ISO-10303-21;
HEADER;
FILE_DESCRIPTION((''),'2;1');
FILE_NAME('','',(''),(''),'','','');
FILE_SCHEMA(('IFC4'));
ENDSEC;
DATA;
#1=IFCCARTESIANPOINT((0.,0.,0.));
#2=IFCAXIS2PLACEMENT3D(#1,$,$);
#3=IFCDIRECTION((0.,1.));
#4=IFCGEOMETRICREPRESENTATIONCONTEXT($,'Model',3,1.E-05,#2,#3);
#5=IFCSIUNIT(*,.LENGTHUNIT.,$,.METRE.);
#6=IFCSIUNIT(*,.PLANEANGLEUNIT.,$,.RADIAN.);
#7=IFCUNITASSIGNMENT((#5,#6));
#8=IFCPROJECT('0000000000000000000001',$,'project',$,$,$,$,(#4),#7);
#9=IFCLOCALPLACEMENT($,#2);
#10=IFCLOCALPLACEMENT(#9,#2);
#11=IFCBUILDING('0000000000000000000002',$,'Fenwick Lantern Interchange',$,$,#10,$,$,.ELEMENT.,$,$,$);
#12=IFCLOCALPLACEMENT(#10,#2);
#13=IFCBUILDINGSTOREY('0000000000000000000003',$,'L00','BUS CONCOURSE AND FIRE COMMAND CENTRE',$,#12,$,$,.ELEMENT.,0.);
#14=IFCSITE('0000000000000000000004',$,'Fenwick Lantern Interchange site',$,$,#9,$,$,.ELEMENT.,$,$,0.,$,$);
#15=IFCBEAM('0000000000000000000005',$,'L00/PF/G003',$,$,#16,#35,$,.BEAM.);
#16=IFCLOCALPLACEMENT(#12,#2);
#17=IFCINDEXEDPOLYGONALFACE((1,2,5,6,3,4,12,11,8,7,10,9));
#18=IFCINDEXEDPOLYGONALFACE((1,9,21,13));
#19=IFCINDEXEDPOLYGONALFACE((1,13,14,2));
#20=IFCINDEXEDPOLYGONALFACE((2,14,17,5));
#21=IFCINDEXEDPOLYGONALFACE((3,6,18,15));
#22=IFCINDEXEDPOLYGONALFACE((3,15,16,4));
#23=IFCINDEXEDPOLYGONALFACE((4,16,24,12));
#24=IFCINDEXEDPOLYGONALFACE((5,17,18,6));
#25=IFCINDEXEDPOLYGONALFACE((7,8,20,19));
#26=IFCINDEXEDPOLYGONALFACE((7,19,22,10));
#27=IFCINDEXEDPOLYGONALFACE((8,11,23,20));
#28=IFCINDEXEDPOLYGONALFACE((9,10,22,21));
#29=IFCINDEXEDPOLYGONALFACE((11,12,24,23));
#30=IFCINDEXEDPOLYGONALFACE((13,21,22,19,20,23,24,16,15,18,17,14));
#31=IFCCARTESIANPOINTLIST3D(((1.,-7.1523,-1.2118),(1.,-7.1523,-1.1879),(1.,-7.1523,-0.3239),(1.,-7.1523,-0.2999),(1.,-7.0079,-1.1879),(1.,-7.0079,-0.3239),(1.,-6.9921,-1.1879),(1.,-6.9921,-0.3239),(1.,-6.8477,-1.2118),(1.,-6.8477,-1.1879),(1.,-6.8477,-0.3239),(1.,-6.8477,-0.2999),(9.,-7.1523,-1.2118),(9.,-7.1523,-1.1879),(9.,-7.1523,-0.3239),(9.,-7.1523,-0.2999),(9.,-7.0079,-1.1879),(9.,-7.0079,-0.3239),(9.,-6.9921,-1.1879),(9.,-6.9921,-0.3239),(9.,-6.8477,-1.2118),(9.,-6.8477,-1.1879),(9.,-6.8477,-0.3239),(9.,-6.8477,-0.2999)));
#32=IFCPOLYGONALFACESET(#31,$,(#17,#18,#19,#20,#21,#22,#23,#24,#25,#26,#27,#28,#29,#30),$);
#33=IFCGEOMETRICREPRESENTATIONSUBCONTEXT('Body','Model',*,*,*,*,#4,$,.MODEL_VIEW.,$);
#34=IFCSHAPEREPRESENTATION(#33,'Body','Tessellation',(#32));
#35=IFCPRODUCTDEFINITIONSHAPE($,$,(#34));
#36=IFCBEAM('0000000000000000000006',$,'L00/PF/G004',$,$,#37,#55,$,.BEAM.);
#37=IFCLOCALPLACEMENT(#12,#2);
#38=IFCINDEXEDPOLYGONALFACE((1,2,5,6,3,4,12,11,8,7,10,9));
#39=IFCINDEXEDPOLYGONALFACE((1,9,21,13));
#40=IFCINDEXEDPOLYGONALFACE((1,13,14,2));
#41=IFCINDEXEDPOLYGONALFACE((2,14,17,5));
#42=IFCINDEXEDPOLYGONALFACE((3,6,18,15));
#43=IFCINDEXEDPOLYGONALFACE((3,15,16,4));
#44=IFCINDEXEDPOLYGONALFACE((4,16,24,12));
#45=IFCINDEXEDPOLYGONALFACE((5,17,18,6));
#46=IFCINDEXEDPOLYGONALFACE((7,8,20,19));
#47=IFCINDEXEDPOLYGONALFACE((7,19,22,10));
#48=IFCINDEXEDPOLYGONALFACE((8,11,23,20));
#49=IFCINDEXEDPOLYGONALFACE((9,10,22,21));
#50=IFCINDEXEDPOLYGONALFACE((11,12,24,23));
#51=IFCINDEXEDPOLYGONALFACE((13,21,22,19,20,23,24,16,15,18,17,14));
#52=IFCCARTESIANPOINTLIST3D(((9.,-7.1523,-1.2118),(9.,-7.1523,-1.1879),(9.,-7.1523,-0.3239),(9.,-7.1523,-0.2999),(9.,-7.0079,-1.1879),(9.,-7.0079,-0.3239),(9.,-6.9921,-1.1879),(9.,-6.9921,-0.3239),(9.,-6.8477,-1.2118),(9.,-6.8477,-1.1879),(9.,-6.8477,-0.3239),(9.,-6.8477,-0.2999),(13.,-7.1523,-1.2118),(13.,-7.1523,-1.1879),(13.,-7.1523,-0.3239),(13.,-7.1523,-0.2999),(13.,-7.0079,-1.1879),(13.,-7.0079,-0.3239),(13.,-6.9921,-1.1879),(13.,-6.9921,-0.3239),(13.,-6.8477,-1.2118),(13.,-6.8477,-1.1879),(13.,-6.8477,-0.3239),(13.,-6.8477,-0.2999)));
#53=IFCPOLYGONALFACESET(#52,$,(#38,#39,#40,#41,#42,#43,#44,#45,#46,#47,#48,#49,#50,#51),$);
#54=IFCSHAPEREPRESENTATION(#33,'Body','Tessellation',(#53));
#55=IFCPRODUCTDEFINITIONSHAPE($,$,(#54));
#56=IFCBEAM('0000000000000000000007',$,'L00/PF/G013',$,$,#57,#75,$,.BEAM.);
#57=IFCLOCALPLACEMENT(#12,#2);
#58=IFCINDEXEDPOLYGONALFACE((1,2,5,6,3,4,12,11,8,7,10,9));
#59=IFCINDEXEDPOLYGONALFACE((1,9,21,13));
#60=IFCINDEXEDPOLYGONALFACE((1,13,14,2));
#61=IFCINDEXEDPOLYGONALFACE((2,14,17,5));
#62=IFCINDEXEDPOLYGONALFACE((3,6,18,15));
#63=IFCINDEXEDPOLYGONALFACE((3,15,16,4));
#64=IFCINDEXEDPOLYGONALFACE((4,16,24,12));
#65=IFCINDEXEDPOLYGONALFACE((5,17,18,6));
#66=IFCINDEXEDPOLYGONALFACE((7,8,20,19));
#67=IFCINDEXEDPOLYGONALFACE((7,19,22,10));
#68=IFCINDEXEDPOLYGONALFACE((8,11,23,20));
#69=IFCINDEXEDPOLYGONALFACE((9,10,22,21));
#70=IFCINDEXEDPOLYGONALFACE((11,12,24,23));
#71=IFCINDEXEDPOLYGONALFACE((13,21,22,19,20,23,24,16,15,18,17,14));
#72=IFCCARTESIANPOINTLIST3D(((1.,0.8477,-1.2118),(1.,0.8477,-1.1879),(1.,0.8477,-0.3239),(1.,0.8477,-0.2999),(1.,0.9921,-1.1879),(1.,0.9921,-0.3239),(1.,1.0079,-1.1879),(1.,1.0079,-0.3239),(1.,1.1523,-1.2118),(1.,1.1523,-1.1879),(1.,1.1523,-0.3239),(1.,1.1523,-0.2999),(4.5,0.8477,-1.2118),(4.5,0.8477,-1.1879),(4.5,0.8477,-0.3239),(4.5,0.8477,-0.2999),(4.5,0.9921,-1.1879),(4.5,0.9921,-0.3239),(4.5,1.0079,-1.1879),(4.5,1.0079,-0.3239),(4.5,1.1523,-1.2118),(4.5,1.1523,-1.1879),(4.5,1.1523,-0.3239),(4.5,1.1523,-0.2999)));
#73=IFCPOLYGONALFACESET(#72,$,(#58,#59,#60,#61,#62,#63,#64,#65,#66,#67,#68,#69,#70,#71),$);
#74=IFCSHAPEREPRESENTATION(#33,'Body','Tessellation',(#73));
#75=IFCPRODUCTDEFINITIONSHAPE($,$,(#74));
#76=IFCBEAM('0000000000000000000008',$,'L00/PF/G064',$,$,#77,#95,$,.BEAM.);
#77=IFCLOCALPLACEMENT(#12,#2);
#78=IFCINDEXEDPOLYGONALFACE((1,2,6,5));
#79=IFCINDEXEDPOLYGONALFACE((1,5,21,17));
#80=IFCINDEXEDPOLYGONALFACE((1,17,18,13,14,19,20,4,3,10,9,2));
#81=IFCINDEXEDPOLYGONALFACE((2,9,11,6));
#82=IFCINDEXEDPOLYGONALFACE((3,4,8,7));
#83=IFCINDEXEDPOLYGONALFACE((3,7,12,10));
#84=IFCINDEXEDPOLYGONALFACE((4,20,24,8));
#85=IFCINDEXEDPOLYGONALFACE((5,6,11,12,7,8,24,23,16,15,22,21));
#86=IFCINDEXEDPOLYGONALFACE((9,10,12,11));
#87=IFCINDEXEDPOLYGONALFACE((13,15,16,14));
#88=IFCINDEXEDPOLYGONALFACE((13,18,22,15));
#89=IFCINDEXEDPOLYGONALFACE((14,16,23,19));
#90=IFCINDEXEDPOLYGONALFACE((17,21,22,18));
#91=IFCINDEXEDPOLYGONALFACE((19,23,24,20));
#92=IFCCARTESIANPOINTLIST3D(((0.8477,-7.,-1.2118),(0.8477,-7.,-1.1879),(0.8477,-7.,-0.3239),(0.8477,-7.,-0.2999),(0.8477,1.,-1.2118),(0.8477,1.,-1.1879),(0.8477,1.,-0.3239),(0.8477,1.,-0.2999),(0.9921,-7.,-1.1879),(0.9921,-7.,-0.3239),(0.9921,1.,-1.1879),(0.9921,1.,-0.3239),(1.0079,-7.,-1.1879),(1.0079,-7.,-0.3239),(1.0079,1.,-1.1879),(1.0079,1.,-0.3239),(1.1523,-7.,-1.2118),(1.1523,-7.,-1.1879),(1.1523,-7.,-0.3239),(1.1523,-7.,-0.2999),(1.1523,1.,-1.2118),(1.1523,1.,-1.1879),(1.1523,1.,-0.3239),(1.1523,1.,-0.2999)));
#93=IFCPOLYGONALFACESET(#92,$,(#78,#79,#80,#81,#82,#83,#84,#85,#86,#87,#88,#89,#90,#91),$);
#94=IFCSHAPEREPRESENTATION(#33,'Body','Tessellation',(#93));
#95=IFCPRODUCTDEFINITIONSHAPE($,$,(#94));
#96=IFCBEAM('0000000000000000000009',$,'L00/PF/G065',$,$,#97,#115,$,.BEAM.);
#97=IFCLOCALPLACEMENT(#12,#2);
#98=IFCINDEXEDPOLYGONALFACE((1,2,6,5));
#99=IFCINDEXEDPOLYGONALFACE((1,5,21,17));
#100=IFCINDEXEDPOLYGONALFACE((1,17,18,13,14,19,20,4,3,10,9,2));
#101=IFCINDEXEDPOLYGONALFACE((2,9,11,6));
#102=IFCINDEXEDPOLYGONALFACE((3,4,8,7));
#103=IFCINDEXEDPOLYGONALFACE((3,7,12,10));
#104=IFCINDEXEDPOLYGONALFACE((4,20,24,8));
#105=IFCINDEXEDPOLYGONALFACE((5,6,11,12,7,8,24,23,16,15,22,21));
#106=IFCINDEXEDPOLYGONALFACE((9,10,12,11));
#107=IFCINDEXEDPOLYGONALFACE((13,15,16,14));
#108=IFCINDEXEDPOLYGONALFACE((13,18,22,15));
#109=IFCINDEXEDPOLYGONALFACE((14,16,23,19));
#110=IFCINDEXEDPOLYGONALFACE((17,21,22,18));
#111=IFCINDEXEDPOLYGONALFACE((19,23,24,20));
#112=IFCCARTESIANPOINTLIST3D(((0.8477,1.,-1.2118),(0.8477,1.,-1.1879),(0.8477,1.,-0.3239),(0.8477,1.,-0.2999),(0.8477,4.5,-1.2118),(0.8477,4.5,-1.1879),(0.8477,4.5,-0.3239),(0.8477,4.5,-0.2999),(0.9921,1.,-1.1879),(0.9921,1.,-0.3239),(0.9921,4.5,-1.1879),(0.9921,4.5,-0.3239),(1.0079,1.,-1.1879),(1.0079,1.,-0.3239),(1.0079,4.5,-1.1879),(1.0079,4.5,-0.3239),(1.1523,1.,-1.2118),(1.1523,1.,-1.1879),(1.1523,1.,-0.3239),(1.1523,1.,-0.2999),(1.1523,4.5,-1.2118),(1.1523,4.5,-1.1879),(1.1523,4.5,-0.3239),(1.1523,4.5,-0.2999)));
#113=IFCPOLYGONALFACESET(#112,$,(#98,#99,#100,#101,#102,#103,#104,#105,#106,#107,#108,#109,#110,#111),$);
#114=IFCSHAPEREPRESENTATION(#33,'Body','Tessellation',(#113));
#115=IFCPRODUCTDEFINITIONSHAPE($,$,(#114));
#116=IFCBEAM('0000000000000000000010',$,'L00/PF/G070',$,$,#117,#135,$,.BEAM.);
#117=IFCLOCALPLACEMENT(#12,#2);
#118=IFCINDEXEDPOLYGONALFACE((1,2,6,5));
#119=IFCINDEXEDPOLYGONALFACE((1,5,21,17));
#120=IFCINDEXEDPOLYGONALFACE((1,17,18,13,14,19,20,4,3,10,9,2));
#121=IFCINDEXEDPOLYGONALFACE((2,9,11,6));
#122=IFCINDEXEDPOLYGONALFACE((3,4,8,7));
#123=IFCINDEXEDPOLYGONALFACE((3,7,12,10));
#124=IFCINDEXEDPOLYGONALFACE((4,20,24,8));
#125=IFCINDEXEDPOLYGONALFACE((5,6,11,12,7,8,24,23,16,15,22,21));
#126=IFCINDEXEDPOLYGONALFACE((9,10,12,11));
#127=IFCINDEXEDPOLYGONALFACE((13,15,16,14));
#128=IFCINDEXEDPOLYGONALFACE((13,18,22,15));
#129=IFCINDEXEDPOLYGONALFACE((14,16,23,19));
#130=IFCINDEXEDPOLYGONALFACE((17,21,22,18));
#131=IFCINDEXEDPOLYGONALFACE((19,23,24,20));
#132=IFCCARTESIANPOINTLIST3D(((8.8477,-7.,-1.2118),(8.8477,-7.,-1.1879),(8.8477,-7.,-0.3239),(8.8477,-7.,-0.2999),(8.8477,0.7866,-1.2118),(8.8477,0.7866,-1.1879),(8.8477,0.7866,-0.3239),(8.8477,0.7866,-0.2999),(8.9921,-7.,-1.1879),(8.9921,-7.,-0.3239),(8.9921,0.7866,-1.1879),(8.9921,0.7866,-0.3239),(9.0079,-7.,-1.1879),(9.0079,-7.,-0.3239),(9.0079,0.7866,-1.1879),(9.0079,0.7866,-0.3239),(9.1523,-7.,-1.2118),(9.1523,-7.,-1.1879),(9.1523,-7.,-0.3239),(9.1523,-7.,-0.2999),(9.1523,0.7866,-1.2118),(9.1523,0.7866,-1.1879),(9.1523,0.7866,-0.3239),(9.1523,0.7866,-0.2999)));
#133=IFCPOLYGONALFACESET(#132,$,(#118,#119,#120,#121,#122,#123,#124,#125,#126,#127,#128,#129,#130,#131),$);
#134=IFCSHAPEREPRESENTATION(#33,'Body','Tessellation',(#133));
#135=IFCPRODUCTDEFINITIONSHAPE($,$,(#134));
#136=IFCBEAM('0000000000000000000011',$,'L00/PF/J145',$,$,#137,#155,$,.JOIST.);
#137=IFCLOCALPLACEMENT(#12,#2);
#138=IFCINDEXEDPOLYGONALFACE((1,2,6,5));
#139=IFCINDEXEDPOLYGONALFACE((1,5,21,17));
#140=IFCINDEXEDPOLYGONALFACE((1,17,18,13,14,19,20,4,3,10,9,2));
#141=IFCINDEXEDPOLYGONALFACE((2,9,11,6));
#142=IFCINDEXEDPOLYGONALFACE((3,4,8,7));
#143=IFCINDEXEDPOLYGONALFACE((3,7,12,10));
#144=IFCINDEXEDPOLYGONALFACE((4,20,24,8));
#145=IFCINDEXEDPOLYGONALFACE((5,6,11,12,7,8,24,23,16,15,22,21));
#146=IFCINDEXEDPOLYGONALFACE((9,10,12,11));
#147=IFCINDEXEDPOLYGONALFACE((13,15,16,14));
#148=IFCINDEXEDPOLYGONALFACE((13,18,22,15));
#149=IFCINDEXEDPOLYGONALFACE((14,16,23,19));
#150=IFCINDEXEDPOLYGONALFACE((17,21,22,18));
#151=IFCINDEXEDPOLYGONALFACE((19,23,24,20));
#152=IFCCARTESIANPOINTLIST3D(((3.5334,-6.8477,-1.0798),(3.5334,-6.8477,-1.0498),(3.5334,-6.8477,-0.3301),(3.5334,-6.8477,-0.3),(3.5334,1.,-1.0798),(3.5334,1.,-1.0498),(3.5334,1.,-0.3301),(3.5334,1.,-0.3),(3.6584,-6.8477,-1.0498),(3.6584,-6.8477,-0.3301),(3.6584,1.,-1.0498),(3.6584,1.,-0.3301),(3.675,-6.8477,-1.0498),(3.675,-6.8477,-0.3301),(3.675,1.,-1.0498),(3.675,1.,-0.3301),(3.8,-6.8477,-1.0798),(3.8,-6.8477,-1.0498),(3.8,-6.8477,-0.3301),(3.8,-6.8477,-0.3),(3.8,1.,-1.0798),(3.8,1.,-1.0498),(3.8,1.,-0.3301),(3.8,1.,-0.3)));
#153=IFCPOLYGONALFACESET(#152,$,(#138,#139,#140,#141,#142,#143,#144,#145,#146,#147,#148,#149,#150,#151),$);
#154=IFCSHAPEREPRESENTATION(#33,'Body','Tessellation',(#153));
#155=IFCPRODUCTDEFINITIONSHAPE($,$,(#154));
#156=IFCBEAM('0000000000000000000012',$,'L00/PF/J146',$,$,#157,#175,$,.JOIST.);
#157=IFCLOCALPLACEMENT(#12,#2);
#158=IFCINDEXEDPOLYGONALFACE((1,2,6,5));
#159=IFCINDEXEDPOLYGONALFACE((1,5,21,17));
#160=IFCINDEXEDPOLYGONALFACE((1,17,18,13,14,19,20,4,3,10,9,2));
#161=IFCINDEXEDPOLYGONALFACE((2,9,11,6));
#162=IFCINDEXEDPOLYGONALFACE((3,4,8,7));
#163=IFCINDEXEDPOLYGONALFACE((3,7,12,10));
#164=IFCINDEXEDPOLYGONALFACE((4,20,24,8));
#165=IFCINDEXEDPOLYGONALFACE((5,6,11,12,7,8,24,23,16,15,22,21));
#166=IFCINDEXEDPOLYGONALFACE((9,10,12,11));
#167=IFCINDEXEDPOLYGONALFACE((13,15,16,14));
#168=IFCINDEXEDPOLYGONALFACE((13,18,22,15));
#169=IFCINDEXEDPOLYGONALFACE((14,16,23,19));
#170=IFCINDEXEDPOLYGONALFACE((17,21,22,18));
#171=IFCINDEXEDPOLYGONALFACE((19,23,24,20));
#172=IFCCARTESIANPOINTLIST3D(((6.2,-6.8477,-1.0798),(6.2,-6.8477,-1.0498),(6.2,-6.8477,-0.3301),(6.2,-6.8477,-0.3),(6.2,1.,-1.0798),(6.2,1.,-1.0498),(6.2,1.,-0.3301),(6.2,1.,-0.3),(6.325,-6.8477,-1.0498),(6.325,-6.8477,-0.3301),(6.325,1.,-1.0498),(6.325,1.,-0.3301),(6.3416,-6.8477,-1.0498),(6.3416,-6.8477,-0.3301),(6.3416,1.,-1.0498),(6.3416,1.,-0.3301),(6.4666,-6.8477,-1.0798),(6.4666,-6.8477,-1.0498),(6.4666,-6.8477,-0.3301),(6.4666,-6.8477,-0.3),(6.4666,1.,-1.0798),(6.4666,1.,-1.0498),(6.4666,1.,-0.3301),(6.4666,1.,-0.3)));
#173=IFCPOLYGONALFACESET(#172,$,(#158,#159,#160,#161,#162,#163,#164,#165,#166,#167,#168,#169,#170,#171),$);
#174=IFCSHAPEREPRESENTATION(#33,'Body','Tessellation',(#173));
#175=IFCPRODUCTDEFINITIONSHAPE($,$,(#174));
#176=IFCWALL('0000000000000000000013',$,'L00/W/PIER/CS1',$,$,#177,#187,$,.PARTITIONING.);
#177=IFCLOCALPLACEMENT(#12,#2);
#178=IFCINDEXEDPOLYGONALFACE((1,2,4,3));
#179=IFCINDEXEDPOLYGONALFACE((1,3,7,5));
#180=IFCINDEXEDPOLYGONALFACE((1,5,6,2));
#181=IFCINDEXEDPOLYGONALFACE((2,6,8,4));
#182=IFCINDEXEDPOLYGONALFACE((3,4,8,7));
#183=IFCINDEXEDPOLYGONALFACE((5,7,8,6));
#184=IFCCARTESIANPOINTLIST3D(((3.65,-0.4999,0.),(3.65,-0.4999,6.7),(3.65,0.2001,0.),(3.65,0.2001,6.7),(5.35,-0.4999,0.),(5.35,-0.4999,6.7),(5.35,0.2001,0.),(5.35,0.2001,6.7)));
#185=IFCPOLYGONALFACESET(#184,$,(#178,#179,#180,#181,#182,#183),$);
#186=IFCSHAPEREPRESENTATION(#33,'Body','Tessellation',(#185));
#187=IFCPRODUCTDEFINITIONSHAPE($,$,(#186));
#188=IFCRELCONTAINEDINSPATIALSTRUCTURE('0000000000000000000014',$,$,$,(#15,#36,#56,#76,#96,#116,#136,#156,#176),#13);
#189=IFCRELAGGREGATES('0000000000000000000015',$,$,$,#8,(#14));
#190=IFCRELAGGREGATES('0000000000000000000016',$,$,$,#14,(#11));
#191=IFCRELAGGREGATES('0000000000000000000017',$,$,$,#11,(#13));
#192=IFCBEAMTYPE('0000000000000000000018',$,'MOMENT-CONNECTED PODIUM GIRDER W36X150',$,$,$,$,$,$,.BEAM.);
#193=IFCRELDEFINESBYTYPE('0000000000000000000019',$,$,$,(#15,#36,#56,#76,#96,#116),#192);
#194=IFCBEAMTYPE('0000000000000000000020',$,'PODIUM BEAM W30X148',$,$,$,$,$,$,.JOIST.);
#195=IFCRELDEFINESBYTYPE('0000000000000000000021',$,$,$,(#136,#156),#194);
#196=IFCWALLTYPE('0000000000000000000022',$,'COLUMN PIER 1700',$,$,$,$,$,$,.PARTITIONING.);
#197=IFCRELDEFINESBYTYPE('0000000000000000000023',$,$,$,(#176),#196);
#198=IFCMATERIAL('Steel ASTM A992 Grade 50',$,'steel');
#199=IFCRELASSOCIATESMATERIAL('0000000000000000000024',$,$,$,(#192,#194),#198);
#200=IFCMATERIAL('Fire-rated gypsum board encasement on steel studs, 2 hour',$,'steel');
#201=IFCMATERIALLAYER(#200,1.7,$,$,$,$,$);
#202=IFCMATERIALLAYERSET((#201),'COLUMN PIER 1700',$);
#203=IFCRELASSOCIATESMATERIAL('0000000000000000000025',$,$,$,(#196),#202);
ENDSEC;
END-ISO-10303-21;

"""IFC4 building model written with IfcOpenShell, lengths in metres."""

from ifc_helpers import new_model, si_unit, direction, frame, frame_2d, origin, origin_2d, place, context, subcontext, project, spatial, rectangle, i_section, extrude, material, layer, layer_set, material_profile, profile_set, type_object, element, save


model = new_model("IFC4")

# Units and contexts
model_context = context("Model", 3, precision=1e-05, world=origin(), true_north=direction((0.0, 1.0)))
body_context = subcontext(model_context, "Body", "Model", "MODEL_VIEW")
ifc_project = project(units=[si_unit("LENGTHUNIT", "METRE"), si_unit("PLANEANGLEUNIT", "RADIAN")], contexts=[model_context])

# Site, building, storey
site_placement = place(None, origin())
site = spatial("IfcSite", under=ifc_project, at=site_placement, Name="Fenwick Lantern Interchange site", CompositionType="ELEMENT", RefElevation=0.0)
building_placement = place(site_placement, origin())
building = spatial("IfcBuilding", under=site, at=building_placement, Name="Fenwick Lantern Interchange", CompositionType="ELEMENT")
storey_placement = place(building_placement, origin())
storey = spatial("IfcBuildingStorey", under=building, at=storey_placement, Name="L00", Description="BUS CONCOURSE AND FIRE COMMAND CENTRE", CompositionType="ELEMENT", Elevation=0.0)

# Shared definitions
ifc_material_1 = material(Name="Steel ASTM A992 Grade 50", Category="steel")

# Beams
ifc_material_profile_1 = material_profile(ifc_material_1, i_section(OverallWidth=0.3047, OverallDepth=0.9119, WebThickness=0.0159, FlangeThickness=0.0239, at=origin_2d()), Name="W36X150")
ifc_profile_set_1 = profile_set([ifc_material_profile_1], Name="Steel ASTM A992 Grade 50")
beam_type_1 = type_object("IfcBeamType", Name="MOMENT-CONNECTED PODIUM GIRDER W36X150", PredefinedType="BEAM", material=ifc_profile_set_1)
beam_1_placement = place(storey_placement, frame((1.0, -7.0, -0.7559), z_axis=(1.0, 0.0, 0.0), x_axis=(0.0, 1.0, 0.0)))
element("IfcBeam", 1, at=beam_1_placement, inside=storey, type_object=beam_type_1, Name="L00/PF/G003", PredefinedType="BEAM", context=body_context, shape_type="SweptSolid", body=[
    extrude(i_section(OverallWidth=0.3047, OverallDepth=0.9119, WebThickness=0.0159, FlangeThickness=0.0239, at=origin_2d()), origin(), (0.0, 0.0, 1.0), 8.0),
])
beam_2_placement = place(storey_placement, frame((9.0, -7.0, -0.7559), z_axis=(1.0, 0.0, 0.0), x_axis=(0.0, 1.0, 0.0)))
element("IfcBeam", 2, at=beam_2_placement, inside=storey, type_object=beam_type_1, Name="L00/PF/G004", PredefinedType="BEAM", context=body_context, shape_type="SweptSolid", body=[
    extrude(i_section(OverallWidth=0.3047, OverallDepth=0.9119, WebThickness=0.0159, FlangeThickness=0.0239, at=origin_2d()), origin(), (0.0, 0.0, 1.0), 4.0),
])
beam_3_placement = place(storey_placement, frame((1.0, 1.0, -0.7559), z_axis=(1.0, 0.0, 0.0), x_axis=(0.0, 1.0, 0.0)))
element("IfcBeam", 3, at=beam_3_placement, inside=storey, type_object=beam_type_1, Name="L00/PF/G013", PredefinedType="BEAM", context=body_context, shape_type="SweptSolid", body=[
    extrude(i_section(OverallWidth=0.3047, OverallDepth=0.9119, WebThickness=0.0159, FlangeThickness=0.0239, at=origin_2d()), origin(), (0.0, 0.0, 1.0), 3.5),
])
beam_4_placement = place(storey_placement, frame((1.0, -7.0, -0.7559), z_axis=(0.0, 1.0, 0.0), x_axis=(-1.0, 0.0, 0.0)))
element("IfcBeam", 4, at=beam_4_placement, inside=storey, type_object=beam_type_1, Name="L00/PF/G064", PredefinedType="BEAM", context=body_context, shape_type="SweptSolid", body=[
    extrude(i_section(OverallWidth=0.3047, OverallDepth=0.9119, WebThickness=0.0159, FlangeThickness=0.0239, at=origin_2d()), origin(), (0.0, 0.0, 1.0), 8.0),
])
beam_5_placement = place(storey_placement, frame((1.0, 1.0, -0.7559), z_axis=(0.0, 1.0, 0.0), x_axis=(-1.0, 0.0, 0.0)))
element("IfcBeam", 5, at=beam_5_placement, inside=storey, type_object=beam_type_1, Name="L00/PF/G065", PredefinedType="BEAM", context=body_context, shape_type="SweptSolid", body=[
    extrude(i_section(OverallWidth=0.3047, OverallDepth=0.9119, WebThickness=0.0159, FlangeThickness=0.0239, at=origin_2d()), origin(), (0.0, 0.0, 1.0), 3.5),
])
beam_6_placement = place(storey_placement, frame((9.0, -7.0, -0.7559), z_axis=(0.0, 1.0, 0.0), x_axis=(-1.0, 0.0, 0.0)))
element("IfcBeam", 6, at=beam_6_placement, inside=storey, type_object=beam_type_1, Name="L00/PF/G070", PredefinedType="BEAM", context=body_context, shape_type="SweptSolid", body=[
    extrude(i_section(OverallWidth=0.3047, OverallDepth=0.9119, WebThickness=0.0159, FlangeThickness=0.0239, at=origin_2d()), origin(), (0.0, 0.0, 1.0), 7.7866),
])
ifc_material_profile_2 = material_profile(ifc_material_1, i_section(OverallWidth=0.2666, OverallDepth=0.7798, WebThickness=0.0166, FlangeThickness=0.03, at=origin_2d()), Name="W30X148")
ifc_profile_set_2 = profile_set([ifc_material_profile_2], Name="Steel ASTM A992 Grade 50")
beam_type_2 = type_object("IfcBeamType", Name="PODIUM BEAM W30X148", PredefinedType="JOIST", material=ifc_profile_set_2)
for number, where, z_axis, x_axis, name in (
    (7, (3.6667, -6.8477, -0.6899), (0.0, 1.0, 0.0), (-1.0, 0.0, 0.0), "L00/PF/J145"),
    (8, (6.3333, -6.8477, -0.6899), (0.0, 1.0, 0.0), (-1.0, 0.0, 0.0), "L00/PF/J146"),
):
    element("IfcBeam", number, at=place(storey_placement, frame(where, z_axis=z_axis, x_axis=x_axis)), inside=storey, type_object=beam_type_2, Name=name, PredefinedType="JOIST", context=body_context, shape_type="SweptSolid", body=[
        extrude(i_section(OverallWidth=0.2666, OverallDepth=0.7798, WebThickness=0.0166, FlangeThickness=0.03, at=origin_2d()), origin(), (0.0, 0.0, 1.0), 7.8477),
    ])

# Wall
ifc_material_2 = material(Name="Fire-rated gypsum board encasement on steel studs, 2 hour", Category="steel")
ifc_layer_1 = layer(ifc_material_2, 1.7)
ifc_layer_set_1 = layer_set([ifc_layer_1], Name="COLUMN PIER 1700")
wall_type_1 = type_object("IfcWallType", Name="COLUMN PIER 1700", PredefinedType="PARTITIONING", material=ifc_layer_set_1)
wall_1_placement = place(storey_placement, frame((4.5, -0.5, 0.0), z_axis=(0.0, 0.0, 1.0), x_axis=(0.0, 1.0, 0.0)))
element("IfcWall", 9, at=wall_1_placement, inside=storey, type_object=wall_type_1, Name="L00/W/PIER/CS1", PredefinedType="PARTITIONING", context=body_context, shape_type="SweptSolid", body=[
    extrude(rectangle(XDim=0.7, YDim=1.7, at=frame_2d((0.3501, 0.0))), origin(), (0.0, 0.0, 1.0), 6.7),
])

save(model, "model.ifc")
